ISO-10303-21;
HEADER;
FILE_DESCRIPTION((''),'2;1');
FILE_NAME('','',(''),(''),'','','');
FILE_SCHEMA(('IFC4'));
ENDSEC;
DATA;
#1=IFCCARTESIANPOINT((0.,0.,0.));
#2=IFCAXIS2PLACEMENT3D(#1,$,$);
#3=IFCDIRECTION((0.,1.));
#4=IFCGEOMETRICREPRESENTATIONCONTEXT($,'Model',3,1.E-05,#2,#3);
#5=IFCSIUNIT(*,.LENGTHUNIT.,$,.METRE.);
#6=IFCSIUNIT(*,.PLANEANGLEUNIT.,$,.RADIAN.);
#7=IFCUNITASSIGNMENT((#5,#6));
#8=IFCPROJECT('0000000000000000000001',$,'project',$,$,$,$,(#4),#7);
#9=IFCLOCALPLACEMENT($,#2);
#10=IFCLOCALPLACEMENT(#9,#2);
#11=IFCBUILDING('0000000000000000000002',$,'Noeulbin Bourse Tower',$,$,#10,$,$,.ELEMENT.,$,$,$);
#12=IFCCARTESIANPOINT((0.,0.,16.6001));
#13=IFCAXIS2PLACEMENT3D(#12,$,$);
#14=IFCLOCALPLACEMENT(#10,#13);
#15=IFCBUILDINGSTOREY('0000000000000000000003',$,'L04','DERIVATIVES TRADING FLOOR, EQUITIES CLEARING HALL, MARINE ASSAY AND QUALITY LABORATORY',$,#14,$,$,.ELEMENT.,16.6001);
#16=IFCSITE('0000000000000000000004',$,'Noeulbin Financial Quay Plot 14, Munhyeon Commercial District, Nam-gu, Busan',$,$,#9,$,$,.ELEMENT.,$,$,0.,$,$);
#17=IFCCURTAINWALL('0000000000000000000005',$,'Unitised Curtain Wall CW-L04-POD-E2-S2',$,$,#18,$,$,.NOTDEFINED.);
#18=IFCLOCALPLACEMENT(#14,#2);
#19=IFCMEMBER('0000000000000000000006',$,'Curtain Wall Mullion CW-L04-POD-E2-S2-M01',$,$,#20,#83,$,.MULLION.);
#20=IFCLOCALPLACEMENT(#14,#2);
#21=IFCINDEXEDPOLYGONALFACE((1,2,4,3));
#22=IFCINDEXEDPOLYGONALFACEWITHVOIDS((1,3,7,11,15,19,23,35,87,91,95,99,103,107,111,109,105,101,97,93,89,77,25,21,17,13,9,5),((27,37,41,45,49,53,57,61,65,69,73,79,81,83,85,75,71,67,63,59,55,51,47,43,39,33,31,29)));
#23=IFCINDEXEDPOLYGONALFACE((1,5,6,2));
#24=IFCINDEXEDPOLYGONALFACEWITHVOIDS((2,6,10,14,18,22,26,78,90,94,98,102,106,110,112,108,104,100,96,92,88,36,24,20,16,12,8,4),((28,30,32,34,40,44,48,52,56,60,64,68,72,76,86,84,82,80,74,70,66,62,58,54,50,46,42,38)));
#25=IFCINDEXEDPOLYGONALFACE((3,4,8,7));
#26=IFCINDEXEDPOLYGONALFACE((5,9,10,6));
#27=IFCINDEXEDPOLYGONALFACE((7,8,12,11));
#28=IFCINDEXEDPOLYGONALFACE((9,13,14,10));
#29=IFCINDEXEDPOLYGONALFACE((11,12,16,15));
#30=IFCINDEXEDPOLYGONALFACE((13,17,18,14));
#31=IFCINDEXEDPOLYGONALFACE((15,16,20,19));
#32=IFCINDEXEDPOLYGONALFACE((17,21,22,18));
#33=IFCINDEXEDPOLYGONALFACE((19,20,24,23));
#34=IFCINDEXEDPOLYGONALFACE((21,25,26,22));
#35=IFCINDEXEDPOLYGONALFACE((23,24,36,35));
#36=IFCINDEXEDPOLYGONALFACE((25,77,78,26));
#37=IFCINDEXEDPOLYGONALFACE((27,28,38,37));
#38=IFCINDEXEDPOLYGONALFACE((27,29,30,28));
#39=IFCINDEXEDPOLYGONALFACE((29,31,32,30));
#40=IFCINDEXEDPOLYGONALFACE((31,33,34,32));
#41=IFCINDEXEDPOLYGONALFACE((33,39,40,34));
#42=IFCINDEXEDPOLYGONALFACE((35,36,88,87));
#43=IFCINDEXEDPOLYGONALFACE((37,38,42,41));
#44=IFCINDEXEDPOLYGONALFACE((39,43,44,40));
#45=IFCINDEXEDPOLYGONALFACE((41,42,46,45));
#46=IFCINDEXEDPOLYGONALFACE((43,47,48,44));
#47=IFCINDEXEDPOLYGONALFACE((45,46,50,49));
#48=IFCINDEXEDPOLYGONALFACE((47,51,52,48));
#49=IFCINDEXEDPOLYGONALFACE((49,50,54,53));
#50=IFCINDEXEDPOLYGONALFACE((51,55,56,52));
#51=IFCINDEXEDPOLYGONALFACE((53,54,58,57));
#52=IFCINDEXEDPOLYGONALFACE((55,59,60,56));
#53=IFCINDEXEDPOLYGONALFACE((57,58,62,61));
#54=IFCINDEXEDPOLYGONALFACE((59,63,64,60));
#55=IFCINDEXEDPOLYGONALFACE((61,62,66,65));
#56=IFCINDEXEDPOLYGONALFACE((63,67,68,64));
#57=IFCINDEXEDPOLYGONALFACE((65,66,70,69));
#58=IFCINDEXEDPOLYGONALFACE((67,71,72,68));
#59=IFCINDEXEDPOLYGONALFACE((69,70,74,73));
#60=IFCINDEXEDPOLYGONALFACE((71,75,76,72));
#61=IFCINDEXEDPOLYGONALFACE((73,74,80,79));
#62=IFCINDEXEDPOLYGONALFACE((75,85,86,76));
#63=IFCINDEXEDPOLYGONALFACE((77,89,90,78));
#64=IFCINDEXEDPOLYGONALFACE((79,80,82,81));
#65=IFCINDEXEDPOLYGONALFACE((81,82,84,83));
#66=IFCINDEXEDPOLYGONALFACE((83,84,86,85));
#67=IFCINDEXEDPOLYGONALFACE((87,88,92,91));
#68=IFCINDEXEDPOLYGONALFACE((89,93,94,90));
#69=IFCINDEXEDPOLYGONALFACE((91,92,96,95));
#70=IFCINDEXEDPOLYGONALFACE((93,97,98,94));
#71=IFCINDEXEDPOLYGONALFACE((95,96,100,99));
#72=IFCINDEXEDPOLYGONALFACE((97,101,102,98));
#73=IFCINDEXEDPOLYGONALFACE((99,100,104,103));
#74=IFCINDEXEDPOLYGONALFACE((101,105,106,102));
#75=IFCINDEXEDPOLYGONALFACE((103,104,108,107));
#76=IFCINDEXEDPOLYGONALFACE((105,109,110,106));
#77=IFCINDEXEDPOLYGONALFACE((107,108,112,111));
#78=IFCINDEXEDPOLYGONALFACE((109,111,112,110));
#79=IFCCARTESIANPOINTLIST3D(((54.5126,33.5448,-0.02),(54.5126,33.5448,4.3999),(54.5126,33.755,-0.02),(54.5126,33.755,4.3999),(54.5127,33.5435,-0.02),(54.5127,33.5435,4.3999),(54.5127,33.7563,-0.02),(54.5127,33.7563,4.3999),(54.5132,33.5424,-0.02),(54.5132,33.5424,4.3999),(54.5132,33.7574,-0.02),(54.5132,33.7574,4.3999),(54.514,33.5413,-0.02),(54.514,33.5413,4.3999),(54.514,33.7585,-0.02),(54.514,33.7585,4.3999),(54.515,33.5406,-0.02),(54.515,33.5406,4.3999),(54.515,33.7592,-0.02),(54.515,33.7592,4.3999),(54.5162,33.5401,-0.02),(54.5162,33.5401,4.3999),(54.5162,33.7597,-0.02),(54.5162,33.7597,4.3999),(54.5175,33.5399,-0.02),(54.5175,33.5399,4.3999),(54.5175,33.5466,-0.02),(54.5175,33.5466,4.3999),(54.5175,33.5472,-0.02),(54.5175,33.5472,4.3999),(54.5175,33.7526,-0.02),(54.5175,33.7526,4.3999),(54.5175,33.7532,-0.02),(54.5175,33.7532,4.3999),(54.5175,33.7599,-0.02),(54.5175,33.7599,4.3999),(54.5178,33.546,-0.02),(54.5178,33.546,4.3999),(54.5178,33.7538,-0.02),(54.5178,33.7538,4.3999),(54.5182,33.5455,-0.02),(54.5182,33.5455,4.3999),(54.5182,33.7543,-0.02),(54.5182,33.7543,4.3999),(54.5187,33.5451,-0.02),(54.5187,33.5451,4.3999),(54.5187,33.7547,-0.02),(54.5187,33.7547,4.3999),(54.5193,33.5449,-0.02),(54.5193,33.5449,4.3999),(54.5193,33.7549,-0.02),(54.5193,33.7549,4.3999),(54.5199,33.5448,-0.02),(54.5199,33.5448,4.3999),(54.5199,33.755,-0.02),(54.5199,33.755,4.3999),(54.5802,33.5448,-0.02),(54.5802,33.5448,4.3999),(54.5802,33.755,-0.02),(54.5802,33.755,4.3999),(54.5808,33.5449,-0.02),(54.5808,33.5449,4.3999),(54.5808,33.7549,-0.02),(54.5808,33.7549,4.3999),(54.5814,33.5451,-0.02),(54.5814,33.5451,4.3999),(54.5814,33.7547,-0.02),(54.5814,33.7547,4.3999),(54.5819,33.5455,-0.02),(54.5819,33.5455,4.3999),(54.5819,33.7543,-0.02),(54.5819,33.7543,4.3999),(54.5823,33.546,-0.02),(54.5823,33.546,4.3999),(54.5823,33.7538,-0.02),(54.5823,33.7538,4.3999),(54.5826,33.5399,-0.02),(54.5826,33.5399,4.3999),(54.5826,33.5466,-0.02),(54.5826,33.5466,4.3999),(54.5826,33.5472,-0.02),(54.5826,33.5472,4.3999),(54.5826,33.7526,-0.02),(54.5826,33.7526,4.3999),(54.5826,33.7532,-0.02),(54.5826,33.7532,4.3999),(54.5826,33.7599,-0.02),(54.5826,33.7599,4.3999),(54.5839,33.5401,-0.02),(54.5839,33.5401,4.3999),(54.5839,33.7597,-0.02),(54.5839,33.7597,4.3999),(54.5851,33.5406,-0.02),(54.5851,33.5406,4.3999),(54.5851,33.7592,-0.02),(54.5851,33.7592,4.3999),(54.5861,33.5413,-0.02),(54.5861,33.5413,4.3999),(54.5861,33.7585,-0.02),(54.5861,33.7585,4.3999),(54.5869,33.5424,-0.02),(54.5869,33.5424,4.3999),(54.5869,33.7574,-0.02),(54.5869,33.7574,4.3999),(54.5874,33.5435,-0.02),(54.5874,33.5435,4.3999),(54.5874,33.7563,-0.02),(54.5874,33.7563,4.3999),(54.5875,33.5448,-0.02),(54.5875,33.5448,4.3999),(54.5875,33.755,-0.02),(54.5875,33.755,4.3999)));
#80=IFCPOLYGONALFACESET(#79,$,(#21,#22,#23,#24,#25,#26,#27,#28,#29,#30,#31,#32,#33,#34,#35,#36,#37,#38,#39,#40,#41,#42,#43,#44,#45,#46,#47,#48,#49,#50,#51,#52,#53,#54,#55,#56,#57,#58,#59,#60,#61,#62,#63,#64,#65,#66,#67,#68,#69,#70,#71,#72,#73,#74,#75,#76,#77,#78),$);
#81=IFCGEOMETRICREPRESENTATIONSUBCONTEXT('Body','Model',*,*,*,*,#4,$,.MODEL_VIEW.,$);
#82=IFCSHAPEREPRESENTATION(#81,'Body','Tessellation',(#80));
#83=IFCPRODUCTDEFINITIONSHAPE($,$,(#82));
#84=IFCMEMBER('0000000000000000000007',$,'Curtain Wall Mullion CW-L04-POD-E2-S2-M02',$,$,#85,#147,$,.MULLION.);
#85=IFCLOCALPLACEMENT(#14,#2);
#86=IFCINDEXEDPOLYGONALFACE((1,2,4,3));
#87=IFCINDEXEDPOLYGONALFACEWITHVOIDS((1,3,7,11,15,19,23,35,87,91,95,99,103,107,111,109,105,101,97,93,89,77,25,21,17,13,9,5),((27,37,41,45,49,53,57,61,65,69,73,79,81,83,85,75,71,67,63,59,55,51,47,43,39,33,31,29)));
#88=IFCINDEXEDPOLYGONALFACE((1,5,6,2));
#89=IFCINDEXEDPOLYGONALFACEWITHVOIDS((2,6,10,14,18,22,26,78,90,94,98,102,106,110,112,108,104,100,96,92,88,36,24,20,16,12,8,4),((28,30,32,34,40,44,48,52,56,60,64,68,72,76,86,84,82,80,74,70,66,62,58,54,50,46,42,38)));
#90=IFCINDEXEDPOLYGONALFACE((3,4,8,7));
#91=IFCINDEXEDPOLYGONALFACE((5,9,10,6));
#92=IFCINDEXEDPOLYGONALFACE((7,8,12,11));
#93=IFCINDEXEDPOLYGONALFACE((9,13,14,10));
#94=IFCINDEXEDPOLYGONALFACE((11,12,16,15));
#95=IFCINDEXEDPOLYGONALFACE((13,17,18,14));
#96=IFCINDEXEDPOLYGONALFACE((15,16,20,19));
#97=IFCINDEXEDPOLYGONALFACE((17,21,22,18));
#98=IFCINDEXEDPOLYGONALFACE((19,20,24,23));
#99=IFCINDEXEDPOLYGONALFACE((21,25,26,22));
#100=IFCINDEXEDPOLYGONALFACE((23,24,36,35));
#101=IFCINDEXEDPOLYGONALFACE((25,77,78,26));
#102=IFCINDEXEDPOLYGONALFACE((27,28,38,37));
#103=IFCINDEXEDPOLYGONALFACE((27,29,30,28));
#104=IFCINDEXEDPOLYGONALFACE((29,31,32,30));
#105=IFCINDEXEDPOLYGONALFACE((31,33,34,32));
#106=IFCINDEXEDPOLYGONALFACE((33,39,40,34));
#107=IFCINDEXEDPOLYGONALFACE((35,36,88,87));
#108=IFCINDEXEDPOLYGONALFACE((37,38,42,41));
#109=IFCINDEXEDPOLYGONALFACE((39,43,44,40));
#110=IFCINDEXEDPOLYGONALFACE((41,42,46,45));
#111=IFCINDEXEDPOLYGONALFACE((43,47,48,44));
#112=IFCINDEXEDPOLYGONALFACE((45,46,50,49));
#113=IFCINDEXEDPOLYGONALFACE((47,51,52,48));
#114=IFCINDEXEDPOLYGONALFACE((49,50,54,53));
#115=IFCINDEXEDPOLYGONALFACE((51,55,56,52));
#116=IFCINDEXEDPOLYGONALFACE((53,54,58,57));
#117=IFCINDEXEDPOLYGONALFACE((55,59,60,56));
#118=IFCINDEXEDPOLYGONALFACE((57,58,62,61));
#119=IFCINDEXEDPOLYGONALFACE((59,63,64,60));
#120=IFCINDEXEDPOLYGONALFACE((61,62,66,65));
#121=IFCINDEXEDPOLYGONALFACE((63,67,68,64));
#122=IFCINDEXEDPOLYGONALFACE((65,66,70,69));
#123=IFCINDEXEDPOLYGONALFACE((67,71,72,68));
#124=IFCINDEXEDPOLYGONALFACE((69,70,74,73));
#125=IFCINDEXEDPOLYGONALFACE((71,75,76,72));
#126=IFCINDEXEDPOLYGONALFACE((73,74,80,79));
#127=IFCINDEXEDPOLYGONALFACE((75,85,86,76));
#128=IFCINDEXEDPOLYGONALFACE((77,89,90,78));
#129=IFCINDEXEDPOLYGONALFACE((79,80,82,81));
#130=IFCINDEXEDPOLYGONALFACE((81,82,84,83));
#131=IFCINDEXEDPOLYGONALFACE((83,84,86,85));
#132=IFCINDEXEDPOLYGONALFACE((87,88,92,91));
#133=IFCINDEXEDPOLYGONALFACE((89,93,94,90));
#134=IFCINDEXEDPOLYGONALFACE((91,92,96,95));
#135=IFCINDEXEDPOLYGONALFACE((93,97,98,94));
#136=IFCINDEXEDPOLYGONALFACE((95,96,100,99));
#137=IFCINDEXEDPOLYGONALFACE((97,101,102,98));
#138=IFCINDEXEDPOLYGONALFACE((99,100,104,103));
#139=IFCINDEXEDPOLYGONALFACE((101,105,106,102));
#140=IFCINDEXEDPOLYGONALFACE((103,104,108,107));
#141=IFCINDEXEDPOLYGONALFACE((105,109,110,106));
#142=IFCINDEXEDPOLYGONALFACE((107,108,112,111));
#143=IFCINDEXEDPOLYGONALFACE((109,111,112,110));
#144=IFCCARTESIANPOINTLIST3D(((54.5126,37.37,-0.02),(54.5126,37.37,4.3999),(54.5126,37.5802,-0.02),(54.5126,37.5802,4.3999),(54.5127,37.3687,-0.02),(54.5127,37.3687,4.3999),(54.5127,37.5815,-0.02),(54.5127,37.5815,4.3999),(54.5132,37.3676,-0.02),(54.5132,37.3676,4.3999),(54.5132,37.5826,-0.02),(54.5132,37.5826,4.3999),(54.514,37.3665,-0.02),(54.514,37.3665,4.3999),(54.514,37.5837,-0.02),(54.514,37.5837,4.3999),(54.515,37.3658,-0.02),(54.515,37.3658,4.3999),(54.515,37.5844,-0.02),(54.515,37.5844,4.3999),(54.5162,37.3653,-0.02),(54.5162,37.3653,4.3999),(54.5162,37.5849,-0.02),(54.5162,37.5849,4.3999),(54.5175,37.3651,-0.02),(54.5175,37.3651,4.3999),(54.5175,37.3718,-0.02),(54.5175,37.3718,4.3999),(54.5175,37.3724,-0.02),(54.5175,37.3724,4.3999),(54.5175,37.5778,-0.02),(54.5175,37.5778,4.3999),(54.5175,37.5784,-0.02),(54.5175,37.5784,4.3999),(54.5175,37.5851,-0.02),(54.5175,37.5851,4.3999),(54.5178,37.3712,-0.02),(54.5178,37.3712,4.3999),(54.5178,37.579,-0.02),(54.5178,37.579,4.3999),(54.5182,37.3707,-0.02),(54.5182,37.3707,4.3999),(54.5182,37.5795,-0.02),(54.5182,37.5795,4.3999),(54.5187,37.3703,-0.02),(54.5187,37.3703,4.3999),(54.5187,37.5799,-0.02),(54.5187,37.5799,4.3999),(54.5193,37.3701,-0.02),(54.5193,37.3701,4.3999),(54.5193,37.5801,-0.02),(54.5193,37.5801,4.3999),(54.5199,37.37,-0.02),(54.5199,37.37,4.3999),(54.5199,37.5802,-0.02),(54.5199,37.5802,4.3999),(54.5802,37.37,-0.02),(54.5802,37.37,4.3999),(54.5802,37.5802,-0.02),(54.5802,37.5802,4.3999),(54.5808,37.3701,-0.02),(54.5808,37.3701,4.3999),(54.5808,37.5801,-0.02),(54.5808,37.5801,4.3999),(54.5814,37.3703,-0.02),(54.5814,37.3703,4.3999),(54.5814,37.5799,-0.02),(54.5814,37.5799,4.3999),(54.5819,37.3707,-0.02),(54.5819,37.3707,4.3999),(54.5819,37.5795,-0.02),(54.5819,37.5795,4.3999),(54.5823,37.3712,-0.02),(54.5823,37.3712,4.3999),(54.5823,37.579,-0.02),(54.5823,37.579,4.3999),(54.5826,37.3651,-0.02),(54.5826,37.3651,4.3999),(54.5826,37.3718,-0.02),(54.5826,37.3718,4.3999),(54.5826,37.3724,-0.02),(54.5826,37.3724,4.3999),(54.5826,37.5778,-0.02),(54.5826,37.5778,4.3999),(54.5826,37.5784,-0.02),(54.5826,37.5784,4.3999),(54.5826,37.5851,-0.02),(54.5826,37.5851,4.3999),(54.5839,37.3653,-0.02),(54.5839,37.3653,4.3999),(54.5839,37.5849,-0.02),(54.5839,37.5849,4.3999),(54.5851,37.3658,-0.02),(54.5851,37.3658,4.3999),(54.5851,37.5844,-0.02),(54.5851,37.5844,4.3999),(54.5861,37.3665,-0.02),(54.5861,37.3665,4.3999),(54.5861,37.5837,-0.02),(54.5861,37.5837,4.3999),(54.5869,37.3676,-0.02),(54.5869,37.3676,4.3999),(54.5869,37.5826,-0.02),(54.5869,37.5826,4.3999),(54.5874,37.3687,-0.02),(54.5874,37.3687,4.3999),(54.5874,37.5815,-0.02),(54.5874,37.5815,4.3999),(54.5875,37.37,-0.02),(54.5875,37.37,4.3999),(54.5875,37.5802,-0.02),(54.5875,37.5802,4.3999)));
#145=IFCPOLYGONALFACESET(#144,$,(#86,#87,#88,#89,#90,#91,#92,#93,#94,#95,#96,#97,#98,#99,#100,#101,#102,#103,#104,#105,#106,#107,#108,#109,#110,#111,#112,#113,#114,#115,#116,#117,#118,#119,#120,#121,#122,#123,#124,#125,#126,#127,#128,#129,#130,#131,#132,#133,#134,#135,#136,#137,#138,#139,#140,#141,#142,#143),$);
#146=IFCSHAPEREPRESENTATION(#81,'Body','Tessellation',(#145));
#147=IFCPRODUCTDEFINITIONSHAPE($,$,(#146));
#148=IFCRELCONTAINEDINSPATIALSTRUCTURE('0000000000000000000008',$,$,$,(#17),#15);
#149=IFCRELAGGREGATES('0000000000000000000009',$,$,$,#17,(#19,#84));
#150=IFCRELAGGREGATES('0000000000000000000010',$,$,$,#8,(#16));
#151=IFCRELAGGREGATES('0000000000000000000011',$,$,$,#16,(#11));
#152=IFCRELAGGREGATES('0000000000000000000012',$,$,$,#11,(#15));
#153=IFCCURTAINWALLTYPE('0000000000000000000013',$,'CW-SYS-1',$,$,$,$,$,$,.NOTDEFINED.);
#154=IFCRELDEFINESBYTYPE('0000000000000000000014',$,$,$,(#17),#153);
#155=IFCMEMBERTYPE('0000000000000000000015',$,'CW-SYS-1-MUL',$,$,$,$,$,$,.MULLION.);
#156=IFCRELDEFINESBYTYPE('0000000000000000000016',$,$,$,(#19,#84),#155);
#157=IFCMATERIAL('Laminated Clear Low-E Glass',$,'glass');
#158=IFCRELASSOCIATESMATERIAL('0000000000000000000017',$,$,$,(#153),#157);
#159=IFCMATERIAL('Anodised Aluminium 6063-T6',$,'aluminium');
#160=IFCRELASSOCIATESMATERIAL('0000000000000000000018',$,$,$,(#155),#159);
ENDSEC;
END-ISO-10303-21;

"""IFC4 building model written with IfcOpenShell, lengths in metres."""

from ifc_helpers import new_model, si_unit, direction, frame, origin, origin_2d, place, context, subcontext, project, spatial, hollow_rectangle, extrude, material, material_profile, profile_set, type_object, element, aggregate, save


model = new_model("IFC4")

# Units and contexts
model_context = context("Model", 3, precision=1e-05, world=origin(), true_north=direction((0.0, 1.0)))
body_context = subcontext(model_context, "Body", "Model", "MODEL_VIEW")
ifc_project = project(units=[si_unit("LENGTHUNIT", "METRE"), si_unit("PLANEANGLEUNIT", "RADIAN")], contexts=[model_context])

# Site, building, storey
site_placement = place(None, origin())
site = spatial("IfcSite", under=ifc_project, at=site_placement, Name="Noeulbin Financial Quay Plot 14, Munhyeon Commercial District, Nam-gu, Busan", CompositionType="ELEMENT", RefElevation=0.0)
building_placement = place(site_placement, origin())
building = spatial("IfcBuilding", under=site, at=building_placement, Name="Noeulbin Bourse Tower", CompositionType="ELEMENT")
storey_placement = place(building_placement, frame((0.0, 0.0, 16.6001)))
storey = spatial("IfcBuildingStorey", under=building, at=storey_placement, Name="L04", Description="DERIVATIVES TRADING FLOOR, EQUITIES CLEARING HALL, MARINE ASSAY AND QUALITY LABORATORY", CompositionType="ELEMENT", Elevation=16.6001)

# Curtain wall, members
ifc_material_1 = material(Name="Laminated Clear Low-E Glass", Category="glass")
curtain_wall_type = type_object("IfcCurtainWallType", Name="CW-SYS-1", PredefinedType="NOTDEFINED", material=ifc_material_1)
ifc_material_2 = material(Name="Anodised Aluminium 6063-T6", Category="aluminium")
ifc_material_profile_1 = material_profile(ifc_material_2, hollow_rectangle(XDim=0.075, YDim=0.22, WallThickness=0.0049, InnerFilletRadius=0.0024, OuterFilletRadius=0.0049, at=origin_2d()), Name="ALU-MULL-75x220x5", Category="LoadBearing")
ifc_profile_set_1 = profile_set([ifc_material_profile_1], Name="Anodised Aluminium 6063-T6")
member_type_1 = type_object("IfcMemberType", Name="CW-SYS-1-MUL", PredefinedType="MULLION", material=ifc_profile_set_1)
curtain_wall_1_placement = place(storey_placement, origin())
curtain_wall_1 = element("IfcCurtainWall", 1, at=curtain_wall_1_placement, inside=storey, type_object=curtain_wall_type, Name="Unitised Curtain Wall CW-L04-POD-E2-S2", PredefinedType="NOTDEFINED")
member_1_placement = place(storey_placement, frame((54.55, 33.6499, -0.02), z_axis=(0.0, 0.0, 1.0), x_axis=(1.0, 0.0, 0.0)))
member_1 = element("IfcMember", 2, at=member_1_placement, type_object=member_type_1, Name="Curtain Wall Mullion CW-L04-POD-E2-S2-M01", PredefinedType="MULLION", context=body_context, shape_type="SweptSolid", body=[
    extrude(hollow_rectangle(XDim=0.075, YDim=0.22, WallThickness=0.0049, InnerFilletRadius=0.0024, OuterFilletRadius=0.0049, at=origin_2d()), origin(), (0.0, 0.0, 1.0), 4.4199),
])
member_2_placement = place(storey_placement, frame((54.55, 37.4751, -0.02), z_axis=(0.0, 0.0, 1.0), x_axis=(1.0, 0.0, 0.0)))
member_2 = element("IfcMember", 3, at=member_2_placement, type_object=member_type_1, Name="Curtain Wall Mullion CW-L04-POD-E2-S2-M02", PredefinedType="MULLION", context=body_context, shape_type="SweptSolid", body=[
    extrude(hollow_rectangle(XDim=0.075, YDim=0.22, WallThickness=0.0049, InnerFilletRadius=0.0024, OuterFilletRadius=0.0049, at=origin_2d()), origin(), (0.0, 0.0, 1.0), 4.4199),
])

aggregate(curtain_wall_1, [member_1, member_2])

save(model, "model.ifc")
